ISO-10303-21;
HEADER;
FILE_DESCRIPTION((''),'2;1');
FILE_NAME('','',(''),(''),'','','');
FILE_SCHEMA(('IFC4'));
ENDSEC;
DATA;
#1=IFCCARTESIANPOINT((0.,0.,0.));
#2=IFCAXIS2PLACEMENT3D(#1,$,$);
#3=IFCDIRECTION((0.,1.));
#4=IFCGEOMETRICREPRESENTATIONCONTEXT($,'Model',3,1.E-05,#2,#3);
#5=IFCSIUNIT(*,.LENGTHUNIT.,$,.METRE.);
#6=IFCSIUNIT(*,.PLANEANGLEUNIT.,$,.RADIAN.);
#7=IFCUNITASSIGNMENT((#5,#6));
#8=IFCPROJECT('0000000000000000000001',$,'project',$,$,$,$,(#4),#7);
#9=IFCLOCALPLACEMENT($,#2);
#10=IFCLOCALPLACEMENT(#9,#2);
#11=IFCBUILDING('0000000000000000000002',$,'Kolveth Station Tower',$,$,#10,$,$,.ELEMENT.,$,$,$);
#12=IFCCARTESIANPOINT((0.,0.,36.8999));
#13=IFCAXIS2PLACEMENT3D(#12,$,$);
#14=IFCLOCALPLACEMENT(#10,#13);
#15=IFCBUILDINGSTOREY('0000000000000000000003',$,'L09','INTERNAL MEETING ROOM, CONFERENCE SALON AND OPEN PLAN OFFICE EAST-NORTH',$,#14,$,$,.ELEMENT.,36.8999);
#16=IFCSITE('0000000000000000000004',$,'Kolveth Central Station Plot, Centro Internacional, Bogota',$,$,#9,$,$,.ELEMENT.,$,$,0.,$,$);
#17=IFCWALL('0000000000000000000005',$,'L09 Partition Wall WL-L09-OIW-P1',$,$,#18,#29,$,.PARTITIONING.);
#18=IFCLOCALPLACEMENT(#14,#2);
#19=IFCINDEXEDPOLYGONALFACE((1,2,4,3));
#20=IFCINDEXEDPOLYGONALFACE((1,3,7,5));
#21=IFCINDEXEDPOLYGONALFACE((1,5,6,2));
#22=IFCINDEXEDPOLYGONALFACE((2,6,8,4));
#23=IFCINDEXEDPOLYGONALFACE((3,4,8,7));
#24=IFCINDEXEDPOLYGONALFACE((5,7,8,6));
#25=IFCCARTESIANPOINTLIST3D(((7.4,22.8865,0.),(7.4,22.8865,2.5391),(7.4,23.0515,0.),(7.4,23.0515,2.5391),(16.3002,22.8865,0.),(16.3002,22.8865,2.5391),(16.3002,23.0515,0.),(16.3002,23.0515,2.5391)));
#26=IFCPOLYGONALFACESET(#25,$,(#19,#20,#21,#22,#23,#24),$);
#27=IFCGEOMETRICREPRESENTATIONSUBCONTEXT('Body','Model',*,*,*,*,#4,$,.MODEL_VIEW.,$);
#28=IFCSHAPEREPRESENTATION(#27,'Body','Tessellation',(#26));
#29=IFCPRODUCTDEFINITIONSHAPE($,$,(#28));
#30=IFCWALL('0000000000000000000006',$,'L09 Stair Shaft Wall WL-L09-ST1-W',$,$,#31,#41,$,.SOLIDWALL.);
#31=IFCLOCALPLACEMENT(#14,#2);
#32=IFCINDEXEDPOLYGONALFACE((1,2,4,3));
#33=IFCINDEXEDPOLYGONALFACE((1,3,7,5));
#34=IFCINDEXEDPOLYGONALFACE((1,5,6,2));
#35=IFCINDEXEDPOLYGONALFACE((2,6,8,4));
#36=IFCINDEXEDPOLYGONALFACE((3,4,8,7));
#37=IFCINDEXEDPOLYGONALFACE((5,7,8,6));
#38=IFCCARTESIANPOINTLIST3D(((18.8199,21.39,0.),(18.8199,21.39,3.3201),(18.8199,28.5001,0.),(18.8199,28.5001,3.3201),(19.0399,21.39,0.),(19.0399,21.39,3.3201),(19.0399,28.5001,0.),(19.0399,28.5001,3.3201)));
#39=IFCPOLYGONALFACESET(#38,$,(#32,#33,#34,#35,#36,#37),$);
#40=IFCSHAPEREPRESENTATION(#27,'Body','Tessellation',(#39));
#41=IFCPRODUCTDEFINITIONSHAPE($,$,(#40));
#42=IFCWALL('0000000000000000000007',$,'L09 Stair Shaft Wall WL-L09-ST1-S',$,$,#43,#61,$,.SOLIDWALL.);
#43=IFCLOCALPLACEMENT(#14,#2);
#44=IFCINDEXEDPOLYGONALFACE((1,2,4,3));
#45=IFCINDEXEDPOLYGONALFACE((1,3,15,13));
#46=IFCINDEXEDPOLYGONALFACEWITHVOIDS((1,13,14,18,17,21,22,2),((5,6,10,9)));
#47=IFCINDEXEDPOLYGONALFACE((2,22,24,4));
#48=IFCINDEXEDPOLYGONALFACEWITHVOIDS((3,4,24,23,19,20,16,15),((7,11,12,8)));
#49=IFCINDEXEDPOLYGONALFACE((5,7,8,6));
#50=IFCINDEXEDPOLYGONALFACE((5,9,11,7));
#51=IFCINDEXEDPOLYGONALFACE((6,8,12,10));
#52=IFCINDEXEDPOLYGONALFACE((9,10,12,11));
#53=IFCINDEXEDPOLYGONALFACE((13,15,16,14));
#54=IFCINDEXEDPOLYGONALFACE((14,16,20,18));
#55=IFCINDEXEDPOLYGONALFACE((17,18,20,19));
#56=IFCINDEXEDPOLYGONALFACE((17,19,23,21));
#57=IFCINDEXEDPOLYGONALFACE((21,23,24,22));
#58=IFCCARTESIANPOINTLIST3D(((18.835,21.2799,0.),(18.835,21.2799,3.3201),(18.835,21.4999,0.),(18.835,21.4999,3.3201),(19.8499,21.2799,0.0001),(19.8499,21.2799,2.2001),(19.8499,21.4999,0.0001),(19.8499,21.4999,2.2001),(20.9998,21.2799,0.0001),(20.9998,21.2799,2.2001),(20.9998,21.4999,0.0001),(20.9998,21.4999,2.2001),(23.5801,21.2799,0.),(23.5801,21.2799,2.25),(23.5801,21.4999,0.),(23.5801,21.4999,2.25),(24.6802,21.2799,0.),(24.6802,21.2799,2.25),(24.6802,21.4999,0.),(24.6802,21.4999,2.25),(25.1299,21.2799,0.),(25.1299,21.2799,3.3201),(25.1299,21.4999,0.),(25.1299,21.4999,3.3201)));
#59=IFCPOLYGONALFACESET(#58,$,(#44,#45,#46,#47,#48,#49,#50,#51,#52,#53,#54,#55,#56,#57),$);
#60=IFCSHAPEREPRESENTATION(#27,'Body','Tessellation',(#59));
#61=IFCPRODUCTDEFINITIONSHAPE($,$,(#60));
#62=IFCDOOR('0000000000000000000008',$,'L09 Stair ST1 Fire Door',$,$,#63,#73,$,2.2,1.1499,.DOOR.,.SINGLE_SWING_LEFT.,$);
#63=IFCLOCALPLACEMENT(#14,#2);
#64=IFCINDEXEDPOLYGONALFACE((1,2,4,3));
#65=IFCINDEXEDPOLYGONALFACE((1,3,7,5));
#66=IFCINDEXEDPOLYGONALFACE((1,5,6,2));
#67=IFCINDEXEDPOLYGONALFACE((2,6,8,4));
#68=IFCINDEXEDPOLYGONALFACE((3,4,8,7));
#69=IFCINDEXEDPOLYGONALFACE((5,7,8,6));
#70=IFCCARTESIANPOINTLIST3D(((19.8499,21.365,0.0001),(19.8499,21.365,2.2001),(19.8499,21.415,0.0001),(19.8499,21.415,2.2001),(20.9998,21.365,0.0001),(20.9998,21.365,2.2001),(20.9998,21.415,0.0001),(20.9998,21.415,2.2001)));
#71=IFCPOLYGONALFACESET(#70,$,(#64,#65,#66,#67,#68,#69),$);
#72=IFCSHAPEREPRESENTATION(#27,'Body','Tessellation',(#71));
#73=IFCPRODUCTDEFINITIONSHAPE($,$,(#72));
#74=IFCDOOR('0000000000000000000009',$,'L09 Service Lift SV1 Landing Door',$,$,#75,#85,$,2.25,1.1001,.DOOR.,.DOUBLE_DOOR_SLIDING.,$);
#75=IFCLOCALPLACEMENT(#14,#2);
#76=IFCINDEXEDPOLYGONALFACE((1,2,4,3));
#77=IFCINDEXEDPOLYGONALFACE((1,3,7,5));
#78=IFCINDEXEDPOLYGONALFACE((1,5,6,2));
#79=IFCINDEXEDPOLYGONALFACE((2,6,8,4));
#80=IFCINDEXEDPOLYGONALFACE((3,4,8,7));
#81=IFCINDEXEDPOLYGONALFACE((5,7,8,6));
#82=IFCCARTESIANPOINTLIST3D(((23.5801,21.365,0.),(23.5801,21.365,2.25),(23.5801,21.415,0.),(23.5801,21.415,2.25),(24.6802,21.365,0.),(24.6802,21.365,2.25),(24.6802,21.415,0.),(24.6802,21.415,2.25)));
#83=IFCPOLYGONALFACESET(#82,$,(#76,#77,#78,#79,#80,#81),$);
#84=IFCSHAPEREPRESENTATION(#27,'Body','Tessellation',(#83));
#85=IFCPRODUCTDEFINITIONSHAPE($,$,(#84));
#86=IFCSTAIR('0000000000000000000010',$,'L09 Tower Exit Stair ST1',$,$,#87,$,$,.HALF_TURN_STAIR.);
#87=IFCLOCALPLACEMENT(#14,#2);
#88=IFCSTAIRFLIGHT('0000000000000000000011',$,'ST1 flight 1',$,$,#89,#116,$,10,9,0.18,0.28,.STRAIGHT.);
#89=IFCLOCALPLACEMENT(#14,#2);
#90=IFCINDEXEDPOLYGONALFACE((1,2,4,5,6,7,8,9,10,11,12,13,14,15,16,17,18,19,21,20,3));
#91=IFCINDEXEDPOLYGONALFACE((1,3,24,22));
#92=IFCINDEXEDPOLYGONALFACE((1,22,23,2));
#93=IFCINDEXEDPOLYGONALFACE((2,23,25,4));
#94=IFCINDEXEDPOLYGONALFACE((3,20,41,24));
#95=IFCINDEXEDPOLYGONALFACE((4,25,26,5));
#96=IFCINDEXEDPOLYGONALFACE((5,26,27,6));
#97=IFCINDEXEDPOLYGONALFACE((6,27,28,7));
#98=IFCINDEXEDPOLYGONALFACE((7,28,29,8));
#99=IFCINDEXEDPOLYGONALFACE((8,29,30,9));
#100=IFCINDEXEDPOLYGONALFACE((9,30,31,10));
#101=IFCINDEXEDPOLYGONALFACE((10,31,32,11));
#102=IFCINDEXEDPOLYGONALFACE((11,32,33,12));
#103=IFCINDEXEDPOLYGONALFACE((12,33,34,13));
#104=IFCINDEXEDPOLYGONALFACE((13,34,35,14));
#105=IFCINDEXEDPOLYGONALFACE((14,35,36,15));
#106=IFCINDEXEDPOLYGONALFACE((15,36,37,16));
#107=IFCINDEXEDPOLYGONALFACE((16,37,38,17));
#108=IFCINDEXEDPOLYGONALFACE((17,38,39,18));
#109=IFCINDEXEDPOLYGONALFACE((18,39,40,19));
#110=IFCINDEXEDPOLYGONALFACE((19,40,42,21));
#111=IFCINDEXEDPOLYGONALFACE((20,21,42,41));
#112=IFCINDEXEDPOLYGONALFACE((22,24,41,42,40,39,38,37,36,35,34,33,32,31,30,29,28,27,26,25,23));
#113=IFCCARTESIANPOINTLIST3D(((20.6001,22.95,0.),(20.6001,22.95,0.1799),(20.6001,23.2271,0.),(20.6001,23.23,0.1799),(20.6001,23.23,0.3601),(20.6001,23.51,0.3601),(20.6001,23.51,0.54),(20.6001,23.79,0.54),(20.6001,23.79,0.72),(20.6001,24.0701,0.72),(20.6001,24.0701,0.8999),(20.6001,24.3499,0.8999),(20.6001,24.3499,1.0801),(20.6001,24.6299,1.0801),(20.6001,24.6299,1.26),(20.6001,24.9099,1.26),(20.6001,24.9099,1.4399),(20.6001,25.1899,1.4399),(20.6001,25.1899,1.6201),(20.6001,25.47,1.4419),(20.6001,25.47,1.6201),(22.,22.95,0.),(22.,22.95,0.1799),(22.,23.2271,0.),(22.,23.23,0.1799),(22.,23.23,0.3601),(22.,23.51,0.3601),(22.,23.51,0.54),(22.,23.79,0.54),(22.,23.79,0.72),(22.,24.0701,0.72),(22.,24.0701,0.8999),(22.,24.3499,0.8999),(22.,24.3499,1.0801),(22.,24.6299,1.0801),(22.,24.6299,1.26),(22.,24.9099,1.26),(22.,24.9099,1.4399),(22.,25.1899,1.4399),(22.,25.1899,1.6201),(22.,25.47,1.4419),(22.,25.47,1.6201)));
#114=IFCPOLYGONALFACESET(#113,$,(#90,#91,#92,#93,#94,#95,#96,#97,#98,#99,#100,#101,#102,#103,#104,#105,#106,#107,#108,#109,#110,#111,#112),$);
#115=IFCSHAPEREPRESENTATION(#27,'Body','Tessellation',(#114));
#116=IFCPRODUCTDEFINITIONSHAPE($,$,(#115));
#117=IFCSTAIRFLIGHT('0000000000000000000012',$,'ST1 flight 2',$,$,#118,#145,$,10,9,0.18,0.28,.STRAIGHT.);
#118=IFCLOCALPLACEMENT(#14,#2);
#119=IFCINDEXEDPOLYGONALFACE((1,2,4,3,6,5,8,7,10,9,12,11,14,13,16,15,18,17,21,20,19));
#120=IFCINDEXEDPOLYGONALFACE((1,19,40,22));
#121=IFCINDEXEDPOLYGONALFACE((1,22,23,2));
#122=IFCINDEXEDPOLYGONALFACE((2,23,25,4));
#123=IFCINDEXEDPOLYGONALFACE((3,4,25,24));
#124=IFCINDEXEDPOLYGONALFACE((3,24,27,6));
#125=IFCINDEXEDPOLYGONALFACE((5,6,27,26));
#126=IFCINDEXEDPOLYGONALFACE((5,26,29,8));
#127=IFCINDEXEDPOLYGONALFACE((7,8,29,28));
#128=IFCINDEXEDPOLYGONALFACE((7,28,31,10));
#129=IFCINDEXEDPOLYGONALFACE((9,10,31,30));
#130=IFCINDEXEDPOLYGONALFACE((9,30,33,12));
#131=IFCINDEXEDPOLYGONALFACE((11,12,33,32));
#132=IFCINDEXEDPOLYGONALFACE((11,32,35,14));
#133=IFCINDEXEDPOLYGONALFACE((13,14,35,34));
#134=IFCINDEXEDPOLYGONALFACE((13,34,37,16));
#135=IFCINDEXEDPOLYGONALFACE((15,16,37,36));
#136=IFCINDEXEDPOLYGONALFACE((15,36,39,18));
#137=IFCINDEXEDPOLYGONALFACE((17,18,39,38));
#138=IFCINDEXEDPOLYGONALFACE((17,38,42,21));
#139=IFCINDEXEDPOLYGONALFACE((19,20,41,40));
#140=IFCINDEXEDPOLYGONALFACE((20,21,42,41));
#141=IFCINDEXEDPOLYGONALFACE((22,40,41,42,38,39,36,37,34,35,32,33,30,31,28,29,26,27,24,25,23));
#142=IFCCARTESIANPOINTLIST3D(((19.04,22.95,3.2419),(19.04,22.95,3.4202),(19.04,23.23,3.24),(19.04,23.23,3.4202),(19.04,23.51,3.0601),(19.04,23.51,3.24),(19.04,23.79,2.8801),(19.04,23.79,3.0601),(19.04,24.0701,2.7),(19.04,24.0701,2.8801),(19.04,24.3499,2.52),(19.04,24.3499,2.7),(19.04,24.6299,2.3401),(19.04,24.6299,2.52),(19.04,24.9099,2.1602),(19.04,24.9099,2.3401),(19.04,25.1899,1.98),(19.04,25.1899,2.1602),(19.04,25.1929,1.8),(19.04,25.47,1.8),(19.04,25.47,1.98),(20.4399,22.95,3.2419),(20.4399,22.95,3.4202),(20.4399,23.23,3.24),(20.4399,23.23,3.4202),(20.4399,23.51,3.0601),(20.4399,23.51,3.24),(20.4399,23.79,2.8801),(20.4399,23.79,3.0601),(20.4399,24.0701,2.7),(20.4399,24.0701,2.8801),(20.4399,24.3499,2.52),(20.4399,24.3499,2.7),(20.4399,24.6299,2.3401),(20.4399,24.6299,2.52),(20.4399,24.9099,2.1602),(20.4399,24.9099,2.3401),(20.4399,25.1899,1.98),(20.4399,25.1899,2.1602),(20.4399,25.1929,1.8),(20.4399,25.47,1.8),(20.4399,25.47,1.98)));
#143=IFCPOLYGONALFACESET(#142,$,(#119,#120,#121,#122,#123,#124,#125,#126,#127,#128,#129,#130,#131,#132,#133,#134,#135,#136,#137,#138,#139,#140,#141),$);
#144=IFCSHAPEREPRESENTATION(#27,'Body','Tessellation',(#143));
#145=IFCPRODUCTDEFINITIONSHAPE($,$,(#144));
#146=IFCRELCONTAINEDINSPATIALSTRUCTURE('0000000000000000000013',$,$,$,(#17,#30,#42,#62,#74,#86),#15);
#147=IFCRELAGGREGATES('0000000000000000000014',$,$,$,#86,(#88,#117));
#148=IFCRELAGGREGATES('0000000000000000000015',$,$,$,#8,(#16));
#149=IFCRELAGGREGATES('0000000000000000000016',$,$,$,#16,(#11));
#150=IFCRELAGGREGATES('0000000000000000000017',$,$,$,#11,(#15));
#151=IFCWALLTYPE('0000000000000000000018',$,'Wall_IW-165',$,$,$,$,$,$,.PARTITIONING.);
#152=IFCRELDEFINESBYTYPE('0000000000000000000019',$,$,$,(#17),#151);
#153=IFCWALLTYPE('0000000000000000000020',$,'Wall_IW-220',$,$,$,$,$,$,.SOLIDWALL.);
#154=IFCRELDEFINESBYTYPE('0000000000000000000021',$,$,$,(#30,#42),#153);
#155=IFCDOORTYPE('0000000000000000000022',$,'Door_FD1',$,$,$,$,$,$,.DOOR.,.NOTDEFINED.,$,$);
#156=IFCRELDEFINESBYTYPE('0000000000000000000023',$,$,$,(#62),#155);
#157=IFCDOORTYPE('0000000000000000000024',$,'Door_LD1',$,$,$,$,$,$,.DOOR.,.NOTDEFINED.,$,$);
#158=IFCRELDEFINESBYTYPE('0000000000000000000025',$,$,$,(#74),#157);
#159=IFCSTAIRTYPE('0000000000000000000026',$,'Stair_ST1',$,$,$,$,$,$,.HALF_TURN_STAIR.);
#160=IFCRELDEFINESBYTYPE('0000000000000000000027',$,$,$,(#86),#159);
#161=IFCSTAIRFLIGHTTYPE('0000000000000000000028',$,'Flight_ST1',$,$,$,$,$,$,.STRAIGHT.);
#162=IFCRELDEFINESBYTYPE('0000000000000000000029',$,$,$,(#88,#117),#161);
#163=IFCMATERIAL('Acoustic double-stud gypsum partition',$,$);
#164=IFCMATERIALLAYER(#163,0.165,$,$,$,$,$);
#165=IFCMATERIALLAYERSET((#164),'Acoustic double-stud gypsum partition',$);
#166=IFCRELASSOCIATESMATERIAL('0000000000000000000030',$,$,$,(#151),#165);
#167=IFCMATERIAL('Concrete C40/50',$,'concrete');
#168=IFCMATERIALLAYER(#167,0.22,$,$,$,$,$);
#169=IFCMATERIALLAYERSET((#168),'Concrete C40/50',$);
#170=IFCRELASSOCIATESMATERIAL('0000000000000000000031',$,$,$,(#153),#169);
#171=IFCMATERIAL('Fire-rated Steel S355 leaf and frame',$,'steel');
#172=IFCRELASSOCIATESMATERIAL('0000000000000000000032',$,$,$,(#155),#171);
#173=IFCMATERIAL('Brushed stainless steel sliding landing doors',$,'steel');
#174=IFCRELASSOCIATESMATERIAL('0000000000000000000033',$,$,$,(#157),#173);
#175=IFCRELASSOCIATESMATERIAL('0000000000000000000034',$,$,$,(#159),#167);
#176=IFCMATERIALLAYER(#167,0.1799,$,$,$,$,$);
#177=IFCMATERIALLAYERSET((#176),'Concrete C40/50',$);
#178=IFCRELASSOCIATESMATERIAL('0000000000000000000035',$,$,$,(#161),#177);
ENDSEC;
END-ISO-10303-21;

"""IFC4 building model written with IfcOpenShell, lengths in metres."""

from ifc_helpers import new_model, si_unit, direction, frame, frame_2d, origin, place, context, subcontext, project, spatial, polyline, rectangle, outline, extrude, material, layer, layer_set, type_object, element, fill, aggregate, save


model = new_model("IFC4")

# Units and contexts
model_context = context("Model", 3, precision=1e-05, world=origin(), true_north=direction((0.0, 1.0)))
body_context = subcontext(model_context, "Body", "Model", "MODEL_VIEW")
ifc_project = project(units=[si_unit("LENGTHUNIT", "METRE"), si_unit("PLANEANGLEUNIT", "RADIAN")], contexts=[model_context])

# Site, building, storey
site_placement = place(None, origin())
site = spatial("IfcSite", under=ifc_project, at=site_placement, Name="Kolveth Central Station Plot, Centro Internacional, Bogota", CompositionType="ELEMENT", RefElevation=0.0)
building_placement = place(site_placement, origin())
building = spatial("IfcBuilding", under=site, at=building_placement, Name="Kolveth Station Tower", CompositionType="ELEMENT")
storey_placement = place(building_placement, frame((0.0, 0.0, 36.8999)))
storey = spatial("IfcBuildingStorey", under=building, at=storey_placement, Name="L09", Description="INTERNAL MEETING ROOM, CONFERENCE SALON AND OPEN PLAN OFFICE EAST-NORTH", CompositionType="ELEMENT", Elevation=36.8999)

# Walls
ifc_material_1 = material(Name="Acoustic double-stud gypsum partition")
ifc_layer_1 = layer(ifc_material_1, 0.165)
ifc_layer_set_1 = layer_set([ifc_layer_1], Name="Acoustic double-stud gypsum partition")
wall_type_1 = type_object("IfcWallType", Name="Wall_IW-165", PredefinedType="PARTITIONING", material=ifc_layer_set_1)
wall_1_placement = place(storey_placement, frame((7.3999, 22.969, 0.0), z_axis=(0.0, 0.0, 1.0), x_axis=(1.0, 0.0, 0.0)))
element("IfcWall", 1, at=wall_1_placement, inside=storey, type_object=wall_type_1, Name="L09 Partition Wall WL-L09-OIW-P1", PredefinedType="PARTITIONING", context=body_context, shape_type="SweptSolid", body=[
    extrude(rectangle(XDim=8.9001, YDim=0.165, at=frame_2d((4.4502, 0.0))), origin(), (0.0, 0.0, 1.0), 2.5391),
])
ifc_material_2 = material(Name="Concrete C40/50", Category="concrete")
ifc_layer_2 = layer(ifc_material_2, 0.22)
ifc_layer_set_2 = layer_set([ifc_layer_2], Name="Concrete C40/50")
wall_type_2 = type_object("IfcWallType", Name="Wall_IW-220", PredefinedType="SOLIDWALL", material=ifc_layer_set_2)
wall_2_placement = place(storey_placement, frame((18.9299, 21.3899, 0.0), z_axis=(0.0, 0.0, 1.0), x_axis=(0.0, 1.0, 0.0)))
element("IfcWall", 2, at=wall_2_placement, inside=storey, type_object=wall_type_2, Name="L09 Stair Shaft Wall WL-L09-ST1-W", PredefinedType="SOLIDWALL", context=body_context, shape_type="SweptSolid", body=[
    extrude(rectangle(XDim=7.1101, YDim=0.22, at=frame_2d((3.5552, 0.0))), origin(), (0.0, 0.0, 1.0), 3.3201),
])

# Wall, openings, doors
wall_3_placement = place(storey_placement, frame((18.835, 21.3899, 0.0), z_axis=(0.0, 0.0, 1.0), x_axis=(1.0, 0.0, 0.0)))
wall_3 = element("IfcWall", 3, at=wall_3_placement, inside=storey, type_object=wall_type_2, Name="L09 Stair Shaft Wall WL-L09-ST1-S", PredefinedType="SOLIDWALL", context=body_context, shape_type="SweptSolid", body=[
    extrude(rectangle(XDim=6.2949, YDim=0.22, at=frame_2d((3.1475, 0.0))), origin(), (0.0, 0.0, 1.0), 3.3201),
])
opening_1_placement = place(wall_3_placement, frame((1.0149, 0.0, 0.0)))
opening_1 = element("IfcOpeningElement", 4, at=opening_1_placement, cuts=wall_3, PredefinedType="OPENING", context=body_context, shape_type="SweptSolid", body=[
    extrude(rectangle(XDim=1.1499, YDim=2.2, at=frame_2d((0.575, 1.1001))), frame((0.0, 0.1199, 0.0), z_axis=(0.0, -1.0, 0.0), x_axis=(1.0, 0.0, 0.0)), (0.0, 0.0, 1.0), 0.24),
])
opening_2_placement = place(wall_3_placement, frame((4.7451, 0.0, 0.0)))
opening_2 = element("IfcOpeningElement", 5, at=opening_2_placement, cuts=wall_3, PredefinedType="OPENING", context=body_context, shape_type="SweptSolid", body=[
    extrude(rectangle(XDim=1.1001, YDim=2.25, at=frame_2d((0.55, 1.125))), frame((0.0, 0.1199, 0.0), z_axis=(0.0, -1.0, 0.0), x_axis=(1.0, 0.0, 0.0)), (0.0, 0.0, 1.0), 0.24),
])
ifc_material_3 = material(Name="Fire-rated Steel S355 leaf and frame", Category="steel")
door_type_1 = type_object("IfcDoorType", Name="Door_FD1", OperationType="NOTDEFINED", PredefinedType="DOOR", material=ifc_material_3)
door_1_placement = place(opening_1_placement, frame((1.1499, 0.0, 0.0), z_axis=(0.0, 0.0, 1.0), x_axis=(-1.0, 0.0, 0.0)))
door_1 = element("IfcDoor", 6, at=door_1_placement, inside=storey, type_object=door_type_1, Name="L09 Stair ST1 Fire Door", OperationType="SINGLE_SWING_LEFT", OverallHeight=2.2, OverallWidth=1.1499, PredefinedType="DOOR", context=body_context, shape_type="SweptSolid", body=[
    extrude(rectangle(XDim=1.1499, YDim=2.2, at=frame_2d((0.575, 1.1001))), frame((0.0, 0.0249, 0.0), z_axis=(0.0, -1.0, 0.0), x_axis=(1.0, 0.0, 0.0)), (0.0, 0.0, 1.0), 0.05),
])
fill(opening_1, door_1)
ifc_material_4 = material(Name="Brushed stainless steel sliding landing doors", Category="steel")
door_type_2 = type_object("IfcDoorType", Name="Door_LD1", OperationType="NOTDEFINED", PredefinedType="DOOR", material=ifc_material_4)
door_2_placement = place(opening_2_placement, frame((1.1001, 0.0, 0.0), z_axis=(0.0, 0.0, 1.0), x_axis=(-1.0, 0.0, 0.0)))
door_2 = element("IfcDoor", 7, at=door_2_placement, inside=storey, type_object=door_type_2, Name="L09 Service Lift SV1 Landing Door", OperationType="DOUBLE_DOOR_SLIDING", OverallHeight=2.25, OverallWidth=1.1001, PredefinedType="DOOR", context=body_context, shape_type="SweptSolid", body=[
    extrude(rectangle(XDim=1.1001, YDim=2.25, at=frame_2d((0.55, 1.125))), frame((0.0, 0.0249, 0.0), z_axis=(0.0, -1.0, 0.0), x_axis=(1.0, 0.0, 0.0)), (0.0, 0.0, 1.0), 0.05),
])
fill(opening_2, door_2)

# Stair, stair flights
stair_type = type_object("IfcStairType", Name="Stair_ST1", PredefinedType="HALF_TURN_STAIR", material=ifc_material_2)
stair_placement = place(storey_placement, origin())
stair = element("IfcStair", 8, at=stair_placement, inside=storey, type_object=stair_type, Name="L09 Tower Exit Stair ST1", PredefinedType="HALF_TURN_STAIR")
ifc_layer_3 = layer(ifc_material_2, 0.1799)
ifc_layer_set_3 = layer_set([ifc_layer_3], Name="Concrete C40/50")
stair_flight_type = type_object("IfcStairFlightType", Name="Flight_ST1", PredefinedType="STRAIGHT", material=ifc_layer_set_3)
stair_flight_1_placement = place(storey_placement, frame((21.3, 22.95, 0.0), z_axis=(0.0, 0.0, 1.0), x_axis=(0.0, 1.0, 0.0)))
stair_flight_1 = element("IfcStairFlight", 9, at=stair_flight_1_placement, type_object=stair_flight_type, Name="ST1 flight 1", NumberOfRisers=10, NumberOfTreads=9, PredefinedType="STRAIGHT", RiserHeight=0.18, TreadLength=0.28, context=body_context, shape_type="SweptSolid", body=[
    extrude(outline(polyline([(0.0, 0.0), (0.0, 0.1799), (0.28, 0.1799), (0.28, 0.3601), (0.5601, 0.3601), (0.5601, 0.54), (0.8401, 0.54), (0.8401, 0.72), (1.1201, 0.72), (1.1201, 0.8999), (1.3999, 0.8999), (1.3999, 1.0801), (1.6799, 1.0801), (1.6799, 1.26), (1.96, 1.26), (1.96, 1.4399), (2.24, 1.4399), (2.24, 1.6201), (2.52, 1.6201), (2.52, 1.8), (2.52, 1.4419), (0.2771, 0.0), (0.0, 0.0)])), frame((0.0, 0.7, 0.0), z_axis=(0.0, -1.0, 0.0), x_axis=(1.0, 0.0, 0.0)), (0.0, 0.0, 1.0), 1.3999),
])
stair_flight_2_placement = place(storey_placement, frame((19.74, 25.47, 1.8), z_axis=(0.0, 0.0, 1.0), x_axis=(0.0, -1.0, 0.0)))
stair_flight_2 = element("IfcStairFlight", 10, at=stair_flight_2_placement, type_object=stair_flight_type, Name="ST1 flight 2", NumberOfRisers=10, NumberOfTreads=9, PredefinedType="STRAIGHT", RiserHeight=0.18, TreadLength=0.28, context=body_context, shape_type="SweptSolid", body=[
    extrude(outline(polyline([(0.0, 0.0), (0.0, 0.1799), (0.28, 0.1799), (0.28, 0.3601), (0.5601, 0.3601), (0.5601, 0.54), (0.8401, 0.54), (0.8401, 0.72), (1.1201, 0.72), (1.1201, 0.8999), (1.3999, 0.8999), (1.3999, 1.0801), (1.6799, 1.0801), (1.6799, 1.26), (1.96, 1.26), (1.96, 1.4399), (2.24, 1.4399), (2.24, 1.6201), (2.52, 1.6201), (2.52, 1.8), (2.52, 1.4419), (0.2771, 0.0), (0.0, 0.0)])), frame((0.0, 0.7, 0.0), z_axis=(0.0, -1.0, 0.0), x_axis=(1.0, 0.0, 0.0)), (0.0, 0.0, 1.0), 1.3999),
])
aggregate(stair, [stair_flight_1, stair_flight_2])

save(model, "model.ifc")
